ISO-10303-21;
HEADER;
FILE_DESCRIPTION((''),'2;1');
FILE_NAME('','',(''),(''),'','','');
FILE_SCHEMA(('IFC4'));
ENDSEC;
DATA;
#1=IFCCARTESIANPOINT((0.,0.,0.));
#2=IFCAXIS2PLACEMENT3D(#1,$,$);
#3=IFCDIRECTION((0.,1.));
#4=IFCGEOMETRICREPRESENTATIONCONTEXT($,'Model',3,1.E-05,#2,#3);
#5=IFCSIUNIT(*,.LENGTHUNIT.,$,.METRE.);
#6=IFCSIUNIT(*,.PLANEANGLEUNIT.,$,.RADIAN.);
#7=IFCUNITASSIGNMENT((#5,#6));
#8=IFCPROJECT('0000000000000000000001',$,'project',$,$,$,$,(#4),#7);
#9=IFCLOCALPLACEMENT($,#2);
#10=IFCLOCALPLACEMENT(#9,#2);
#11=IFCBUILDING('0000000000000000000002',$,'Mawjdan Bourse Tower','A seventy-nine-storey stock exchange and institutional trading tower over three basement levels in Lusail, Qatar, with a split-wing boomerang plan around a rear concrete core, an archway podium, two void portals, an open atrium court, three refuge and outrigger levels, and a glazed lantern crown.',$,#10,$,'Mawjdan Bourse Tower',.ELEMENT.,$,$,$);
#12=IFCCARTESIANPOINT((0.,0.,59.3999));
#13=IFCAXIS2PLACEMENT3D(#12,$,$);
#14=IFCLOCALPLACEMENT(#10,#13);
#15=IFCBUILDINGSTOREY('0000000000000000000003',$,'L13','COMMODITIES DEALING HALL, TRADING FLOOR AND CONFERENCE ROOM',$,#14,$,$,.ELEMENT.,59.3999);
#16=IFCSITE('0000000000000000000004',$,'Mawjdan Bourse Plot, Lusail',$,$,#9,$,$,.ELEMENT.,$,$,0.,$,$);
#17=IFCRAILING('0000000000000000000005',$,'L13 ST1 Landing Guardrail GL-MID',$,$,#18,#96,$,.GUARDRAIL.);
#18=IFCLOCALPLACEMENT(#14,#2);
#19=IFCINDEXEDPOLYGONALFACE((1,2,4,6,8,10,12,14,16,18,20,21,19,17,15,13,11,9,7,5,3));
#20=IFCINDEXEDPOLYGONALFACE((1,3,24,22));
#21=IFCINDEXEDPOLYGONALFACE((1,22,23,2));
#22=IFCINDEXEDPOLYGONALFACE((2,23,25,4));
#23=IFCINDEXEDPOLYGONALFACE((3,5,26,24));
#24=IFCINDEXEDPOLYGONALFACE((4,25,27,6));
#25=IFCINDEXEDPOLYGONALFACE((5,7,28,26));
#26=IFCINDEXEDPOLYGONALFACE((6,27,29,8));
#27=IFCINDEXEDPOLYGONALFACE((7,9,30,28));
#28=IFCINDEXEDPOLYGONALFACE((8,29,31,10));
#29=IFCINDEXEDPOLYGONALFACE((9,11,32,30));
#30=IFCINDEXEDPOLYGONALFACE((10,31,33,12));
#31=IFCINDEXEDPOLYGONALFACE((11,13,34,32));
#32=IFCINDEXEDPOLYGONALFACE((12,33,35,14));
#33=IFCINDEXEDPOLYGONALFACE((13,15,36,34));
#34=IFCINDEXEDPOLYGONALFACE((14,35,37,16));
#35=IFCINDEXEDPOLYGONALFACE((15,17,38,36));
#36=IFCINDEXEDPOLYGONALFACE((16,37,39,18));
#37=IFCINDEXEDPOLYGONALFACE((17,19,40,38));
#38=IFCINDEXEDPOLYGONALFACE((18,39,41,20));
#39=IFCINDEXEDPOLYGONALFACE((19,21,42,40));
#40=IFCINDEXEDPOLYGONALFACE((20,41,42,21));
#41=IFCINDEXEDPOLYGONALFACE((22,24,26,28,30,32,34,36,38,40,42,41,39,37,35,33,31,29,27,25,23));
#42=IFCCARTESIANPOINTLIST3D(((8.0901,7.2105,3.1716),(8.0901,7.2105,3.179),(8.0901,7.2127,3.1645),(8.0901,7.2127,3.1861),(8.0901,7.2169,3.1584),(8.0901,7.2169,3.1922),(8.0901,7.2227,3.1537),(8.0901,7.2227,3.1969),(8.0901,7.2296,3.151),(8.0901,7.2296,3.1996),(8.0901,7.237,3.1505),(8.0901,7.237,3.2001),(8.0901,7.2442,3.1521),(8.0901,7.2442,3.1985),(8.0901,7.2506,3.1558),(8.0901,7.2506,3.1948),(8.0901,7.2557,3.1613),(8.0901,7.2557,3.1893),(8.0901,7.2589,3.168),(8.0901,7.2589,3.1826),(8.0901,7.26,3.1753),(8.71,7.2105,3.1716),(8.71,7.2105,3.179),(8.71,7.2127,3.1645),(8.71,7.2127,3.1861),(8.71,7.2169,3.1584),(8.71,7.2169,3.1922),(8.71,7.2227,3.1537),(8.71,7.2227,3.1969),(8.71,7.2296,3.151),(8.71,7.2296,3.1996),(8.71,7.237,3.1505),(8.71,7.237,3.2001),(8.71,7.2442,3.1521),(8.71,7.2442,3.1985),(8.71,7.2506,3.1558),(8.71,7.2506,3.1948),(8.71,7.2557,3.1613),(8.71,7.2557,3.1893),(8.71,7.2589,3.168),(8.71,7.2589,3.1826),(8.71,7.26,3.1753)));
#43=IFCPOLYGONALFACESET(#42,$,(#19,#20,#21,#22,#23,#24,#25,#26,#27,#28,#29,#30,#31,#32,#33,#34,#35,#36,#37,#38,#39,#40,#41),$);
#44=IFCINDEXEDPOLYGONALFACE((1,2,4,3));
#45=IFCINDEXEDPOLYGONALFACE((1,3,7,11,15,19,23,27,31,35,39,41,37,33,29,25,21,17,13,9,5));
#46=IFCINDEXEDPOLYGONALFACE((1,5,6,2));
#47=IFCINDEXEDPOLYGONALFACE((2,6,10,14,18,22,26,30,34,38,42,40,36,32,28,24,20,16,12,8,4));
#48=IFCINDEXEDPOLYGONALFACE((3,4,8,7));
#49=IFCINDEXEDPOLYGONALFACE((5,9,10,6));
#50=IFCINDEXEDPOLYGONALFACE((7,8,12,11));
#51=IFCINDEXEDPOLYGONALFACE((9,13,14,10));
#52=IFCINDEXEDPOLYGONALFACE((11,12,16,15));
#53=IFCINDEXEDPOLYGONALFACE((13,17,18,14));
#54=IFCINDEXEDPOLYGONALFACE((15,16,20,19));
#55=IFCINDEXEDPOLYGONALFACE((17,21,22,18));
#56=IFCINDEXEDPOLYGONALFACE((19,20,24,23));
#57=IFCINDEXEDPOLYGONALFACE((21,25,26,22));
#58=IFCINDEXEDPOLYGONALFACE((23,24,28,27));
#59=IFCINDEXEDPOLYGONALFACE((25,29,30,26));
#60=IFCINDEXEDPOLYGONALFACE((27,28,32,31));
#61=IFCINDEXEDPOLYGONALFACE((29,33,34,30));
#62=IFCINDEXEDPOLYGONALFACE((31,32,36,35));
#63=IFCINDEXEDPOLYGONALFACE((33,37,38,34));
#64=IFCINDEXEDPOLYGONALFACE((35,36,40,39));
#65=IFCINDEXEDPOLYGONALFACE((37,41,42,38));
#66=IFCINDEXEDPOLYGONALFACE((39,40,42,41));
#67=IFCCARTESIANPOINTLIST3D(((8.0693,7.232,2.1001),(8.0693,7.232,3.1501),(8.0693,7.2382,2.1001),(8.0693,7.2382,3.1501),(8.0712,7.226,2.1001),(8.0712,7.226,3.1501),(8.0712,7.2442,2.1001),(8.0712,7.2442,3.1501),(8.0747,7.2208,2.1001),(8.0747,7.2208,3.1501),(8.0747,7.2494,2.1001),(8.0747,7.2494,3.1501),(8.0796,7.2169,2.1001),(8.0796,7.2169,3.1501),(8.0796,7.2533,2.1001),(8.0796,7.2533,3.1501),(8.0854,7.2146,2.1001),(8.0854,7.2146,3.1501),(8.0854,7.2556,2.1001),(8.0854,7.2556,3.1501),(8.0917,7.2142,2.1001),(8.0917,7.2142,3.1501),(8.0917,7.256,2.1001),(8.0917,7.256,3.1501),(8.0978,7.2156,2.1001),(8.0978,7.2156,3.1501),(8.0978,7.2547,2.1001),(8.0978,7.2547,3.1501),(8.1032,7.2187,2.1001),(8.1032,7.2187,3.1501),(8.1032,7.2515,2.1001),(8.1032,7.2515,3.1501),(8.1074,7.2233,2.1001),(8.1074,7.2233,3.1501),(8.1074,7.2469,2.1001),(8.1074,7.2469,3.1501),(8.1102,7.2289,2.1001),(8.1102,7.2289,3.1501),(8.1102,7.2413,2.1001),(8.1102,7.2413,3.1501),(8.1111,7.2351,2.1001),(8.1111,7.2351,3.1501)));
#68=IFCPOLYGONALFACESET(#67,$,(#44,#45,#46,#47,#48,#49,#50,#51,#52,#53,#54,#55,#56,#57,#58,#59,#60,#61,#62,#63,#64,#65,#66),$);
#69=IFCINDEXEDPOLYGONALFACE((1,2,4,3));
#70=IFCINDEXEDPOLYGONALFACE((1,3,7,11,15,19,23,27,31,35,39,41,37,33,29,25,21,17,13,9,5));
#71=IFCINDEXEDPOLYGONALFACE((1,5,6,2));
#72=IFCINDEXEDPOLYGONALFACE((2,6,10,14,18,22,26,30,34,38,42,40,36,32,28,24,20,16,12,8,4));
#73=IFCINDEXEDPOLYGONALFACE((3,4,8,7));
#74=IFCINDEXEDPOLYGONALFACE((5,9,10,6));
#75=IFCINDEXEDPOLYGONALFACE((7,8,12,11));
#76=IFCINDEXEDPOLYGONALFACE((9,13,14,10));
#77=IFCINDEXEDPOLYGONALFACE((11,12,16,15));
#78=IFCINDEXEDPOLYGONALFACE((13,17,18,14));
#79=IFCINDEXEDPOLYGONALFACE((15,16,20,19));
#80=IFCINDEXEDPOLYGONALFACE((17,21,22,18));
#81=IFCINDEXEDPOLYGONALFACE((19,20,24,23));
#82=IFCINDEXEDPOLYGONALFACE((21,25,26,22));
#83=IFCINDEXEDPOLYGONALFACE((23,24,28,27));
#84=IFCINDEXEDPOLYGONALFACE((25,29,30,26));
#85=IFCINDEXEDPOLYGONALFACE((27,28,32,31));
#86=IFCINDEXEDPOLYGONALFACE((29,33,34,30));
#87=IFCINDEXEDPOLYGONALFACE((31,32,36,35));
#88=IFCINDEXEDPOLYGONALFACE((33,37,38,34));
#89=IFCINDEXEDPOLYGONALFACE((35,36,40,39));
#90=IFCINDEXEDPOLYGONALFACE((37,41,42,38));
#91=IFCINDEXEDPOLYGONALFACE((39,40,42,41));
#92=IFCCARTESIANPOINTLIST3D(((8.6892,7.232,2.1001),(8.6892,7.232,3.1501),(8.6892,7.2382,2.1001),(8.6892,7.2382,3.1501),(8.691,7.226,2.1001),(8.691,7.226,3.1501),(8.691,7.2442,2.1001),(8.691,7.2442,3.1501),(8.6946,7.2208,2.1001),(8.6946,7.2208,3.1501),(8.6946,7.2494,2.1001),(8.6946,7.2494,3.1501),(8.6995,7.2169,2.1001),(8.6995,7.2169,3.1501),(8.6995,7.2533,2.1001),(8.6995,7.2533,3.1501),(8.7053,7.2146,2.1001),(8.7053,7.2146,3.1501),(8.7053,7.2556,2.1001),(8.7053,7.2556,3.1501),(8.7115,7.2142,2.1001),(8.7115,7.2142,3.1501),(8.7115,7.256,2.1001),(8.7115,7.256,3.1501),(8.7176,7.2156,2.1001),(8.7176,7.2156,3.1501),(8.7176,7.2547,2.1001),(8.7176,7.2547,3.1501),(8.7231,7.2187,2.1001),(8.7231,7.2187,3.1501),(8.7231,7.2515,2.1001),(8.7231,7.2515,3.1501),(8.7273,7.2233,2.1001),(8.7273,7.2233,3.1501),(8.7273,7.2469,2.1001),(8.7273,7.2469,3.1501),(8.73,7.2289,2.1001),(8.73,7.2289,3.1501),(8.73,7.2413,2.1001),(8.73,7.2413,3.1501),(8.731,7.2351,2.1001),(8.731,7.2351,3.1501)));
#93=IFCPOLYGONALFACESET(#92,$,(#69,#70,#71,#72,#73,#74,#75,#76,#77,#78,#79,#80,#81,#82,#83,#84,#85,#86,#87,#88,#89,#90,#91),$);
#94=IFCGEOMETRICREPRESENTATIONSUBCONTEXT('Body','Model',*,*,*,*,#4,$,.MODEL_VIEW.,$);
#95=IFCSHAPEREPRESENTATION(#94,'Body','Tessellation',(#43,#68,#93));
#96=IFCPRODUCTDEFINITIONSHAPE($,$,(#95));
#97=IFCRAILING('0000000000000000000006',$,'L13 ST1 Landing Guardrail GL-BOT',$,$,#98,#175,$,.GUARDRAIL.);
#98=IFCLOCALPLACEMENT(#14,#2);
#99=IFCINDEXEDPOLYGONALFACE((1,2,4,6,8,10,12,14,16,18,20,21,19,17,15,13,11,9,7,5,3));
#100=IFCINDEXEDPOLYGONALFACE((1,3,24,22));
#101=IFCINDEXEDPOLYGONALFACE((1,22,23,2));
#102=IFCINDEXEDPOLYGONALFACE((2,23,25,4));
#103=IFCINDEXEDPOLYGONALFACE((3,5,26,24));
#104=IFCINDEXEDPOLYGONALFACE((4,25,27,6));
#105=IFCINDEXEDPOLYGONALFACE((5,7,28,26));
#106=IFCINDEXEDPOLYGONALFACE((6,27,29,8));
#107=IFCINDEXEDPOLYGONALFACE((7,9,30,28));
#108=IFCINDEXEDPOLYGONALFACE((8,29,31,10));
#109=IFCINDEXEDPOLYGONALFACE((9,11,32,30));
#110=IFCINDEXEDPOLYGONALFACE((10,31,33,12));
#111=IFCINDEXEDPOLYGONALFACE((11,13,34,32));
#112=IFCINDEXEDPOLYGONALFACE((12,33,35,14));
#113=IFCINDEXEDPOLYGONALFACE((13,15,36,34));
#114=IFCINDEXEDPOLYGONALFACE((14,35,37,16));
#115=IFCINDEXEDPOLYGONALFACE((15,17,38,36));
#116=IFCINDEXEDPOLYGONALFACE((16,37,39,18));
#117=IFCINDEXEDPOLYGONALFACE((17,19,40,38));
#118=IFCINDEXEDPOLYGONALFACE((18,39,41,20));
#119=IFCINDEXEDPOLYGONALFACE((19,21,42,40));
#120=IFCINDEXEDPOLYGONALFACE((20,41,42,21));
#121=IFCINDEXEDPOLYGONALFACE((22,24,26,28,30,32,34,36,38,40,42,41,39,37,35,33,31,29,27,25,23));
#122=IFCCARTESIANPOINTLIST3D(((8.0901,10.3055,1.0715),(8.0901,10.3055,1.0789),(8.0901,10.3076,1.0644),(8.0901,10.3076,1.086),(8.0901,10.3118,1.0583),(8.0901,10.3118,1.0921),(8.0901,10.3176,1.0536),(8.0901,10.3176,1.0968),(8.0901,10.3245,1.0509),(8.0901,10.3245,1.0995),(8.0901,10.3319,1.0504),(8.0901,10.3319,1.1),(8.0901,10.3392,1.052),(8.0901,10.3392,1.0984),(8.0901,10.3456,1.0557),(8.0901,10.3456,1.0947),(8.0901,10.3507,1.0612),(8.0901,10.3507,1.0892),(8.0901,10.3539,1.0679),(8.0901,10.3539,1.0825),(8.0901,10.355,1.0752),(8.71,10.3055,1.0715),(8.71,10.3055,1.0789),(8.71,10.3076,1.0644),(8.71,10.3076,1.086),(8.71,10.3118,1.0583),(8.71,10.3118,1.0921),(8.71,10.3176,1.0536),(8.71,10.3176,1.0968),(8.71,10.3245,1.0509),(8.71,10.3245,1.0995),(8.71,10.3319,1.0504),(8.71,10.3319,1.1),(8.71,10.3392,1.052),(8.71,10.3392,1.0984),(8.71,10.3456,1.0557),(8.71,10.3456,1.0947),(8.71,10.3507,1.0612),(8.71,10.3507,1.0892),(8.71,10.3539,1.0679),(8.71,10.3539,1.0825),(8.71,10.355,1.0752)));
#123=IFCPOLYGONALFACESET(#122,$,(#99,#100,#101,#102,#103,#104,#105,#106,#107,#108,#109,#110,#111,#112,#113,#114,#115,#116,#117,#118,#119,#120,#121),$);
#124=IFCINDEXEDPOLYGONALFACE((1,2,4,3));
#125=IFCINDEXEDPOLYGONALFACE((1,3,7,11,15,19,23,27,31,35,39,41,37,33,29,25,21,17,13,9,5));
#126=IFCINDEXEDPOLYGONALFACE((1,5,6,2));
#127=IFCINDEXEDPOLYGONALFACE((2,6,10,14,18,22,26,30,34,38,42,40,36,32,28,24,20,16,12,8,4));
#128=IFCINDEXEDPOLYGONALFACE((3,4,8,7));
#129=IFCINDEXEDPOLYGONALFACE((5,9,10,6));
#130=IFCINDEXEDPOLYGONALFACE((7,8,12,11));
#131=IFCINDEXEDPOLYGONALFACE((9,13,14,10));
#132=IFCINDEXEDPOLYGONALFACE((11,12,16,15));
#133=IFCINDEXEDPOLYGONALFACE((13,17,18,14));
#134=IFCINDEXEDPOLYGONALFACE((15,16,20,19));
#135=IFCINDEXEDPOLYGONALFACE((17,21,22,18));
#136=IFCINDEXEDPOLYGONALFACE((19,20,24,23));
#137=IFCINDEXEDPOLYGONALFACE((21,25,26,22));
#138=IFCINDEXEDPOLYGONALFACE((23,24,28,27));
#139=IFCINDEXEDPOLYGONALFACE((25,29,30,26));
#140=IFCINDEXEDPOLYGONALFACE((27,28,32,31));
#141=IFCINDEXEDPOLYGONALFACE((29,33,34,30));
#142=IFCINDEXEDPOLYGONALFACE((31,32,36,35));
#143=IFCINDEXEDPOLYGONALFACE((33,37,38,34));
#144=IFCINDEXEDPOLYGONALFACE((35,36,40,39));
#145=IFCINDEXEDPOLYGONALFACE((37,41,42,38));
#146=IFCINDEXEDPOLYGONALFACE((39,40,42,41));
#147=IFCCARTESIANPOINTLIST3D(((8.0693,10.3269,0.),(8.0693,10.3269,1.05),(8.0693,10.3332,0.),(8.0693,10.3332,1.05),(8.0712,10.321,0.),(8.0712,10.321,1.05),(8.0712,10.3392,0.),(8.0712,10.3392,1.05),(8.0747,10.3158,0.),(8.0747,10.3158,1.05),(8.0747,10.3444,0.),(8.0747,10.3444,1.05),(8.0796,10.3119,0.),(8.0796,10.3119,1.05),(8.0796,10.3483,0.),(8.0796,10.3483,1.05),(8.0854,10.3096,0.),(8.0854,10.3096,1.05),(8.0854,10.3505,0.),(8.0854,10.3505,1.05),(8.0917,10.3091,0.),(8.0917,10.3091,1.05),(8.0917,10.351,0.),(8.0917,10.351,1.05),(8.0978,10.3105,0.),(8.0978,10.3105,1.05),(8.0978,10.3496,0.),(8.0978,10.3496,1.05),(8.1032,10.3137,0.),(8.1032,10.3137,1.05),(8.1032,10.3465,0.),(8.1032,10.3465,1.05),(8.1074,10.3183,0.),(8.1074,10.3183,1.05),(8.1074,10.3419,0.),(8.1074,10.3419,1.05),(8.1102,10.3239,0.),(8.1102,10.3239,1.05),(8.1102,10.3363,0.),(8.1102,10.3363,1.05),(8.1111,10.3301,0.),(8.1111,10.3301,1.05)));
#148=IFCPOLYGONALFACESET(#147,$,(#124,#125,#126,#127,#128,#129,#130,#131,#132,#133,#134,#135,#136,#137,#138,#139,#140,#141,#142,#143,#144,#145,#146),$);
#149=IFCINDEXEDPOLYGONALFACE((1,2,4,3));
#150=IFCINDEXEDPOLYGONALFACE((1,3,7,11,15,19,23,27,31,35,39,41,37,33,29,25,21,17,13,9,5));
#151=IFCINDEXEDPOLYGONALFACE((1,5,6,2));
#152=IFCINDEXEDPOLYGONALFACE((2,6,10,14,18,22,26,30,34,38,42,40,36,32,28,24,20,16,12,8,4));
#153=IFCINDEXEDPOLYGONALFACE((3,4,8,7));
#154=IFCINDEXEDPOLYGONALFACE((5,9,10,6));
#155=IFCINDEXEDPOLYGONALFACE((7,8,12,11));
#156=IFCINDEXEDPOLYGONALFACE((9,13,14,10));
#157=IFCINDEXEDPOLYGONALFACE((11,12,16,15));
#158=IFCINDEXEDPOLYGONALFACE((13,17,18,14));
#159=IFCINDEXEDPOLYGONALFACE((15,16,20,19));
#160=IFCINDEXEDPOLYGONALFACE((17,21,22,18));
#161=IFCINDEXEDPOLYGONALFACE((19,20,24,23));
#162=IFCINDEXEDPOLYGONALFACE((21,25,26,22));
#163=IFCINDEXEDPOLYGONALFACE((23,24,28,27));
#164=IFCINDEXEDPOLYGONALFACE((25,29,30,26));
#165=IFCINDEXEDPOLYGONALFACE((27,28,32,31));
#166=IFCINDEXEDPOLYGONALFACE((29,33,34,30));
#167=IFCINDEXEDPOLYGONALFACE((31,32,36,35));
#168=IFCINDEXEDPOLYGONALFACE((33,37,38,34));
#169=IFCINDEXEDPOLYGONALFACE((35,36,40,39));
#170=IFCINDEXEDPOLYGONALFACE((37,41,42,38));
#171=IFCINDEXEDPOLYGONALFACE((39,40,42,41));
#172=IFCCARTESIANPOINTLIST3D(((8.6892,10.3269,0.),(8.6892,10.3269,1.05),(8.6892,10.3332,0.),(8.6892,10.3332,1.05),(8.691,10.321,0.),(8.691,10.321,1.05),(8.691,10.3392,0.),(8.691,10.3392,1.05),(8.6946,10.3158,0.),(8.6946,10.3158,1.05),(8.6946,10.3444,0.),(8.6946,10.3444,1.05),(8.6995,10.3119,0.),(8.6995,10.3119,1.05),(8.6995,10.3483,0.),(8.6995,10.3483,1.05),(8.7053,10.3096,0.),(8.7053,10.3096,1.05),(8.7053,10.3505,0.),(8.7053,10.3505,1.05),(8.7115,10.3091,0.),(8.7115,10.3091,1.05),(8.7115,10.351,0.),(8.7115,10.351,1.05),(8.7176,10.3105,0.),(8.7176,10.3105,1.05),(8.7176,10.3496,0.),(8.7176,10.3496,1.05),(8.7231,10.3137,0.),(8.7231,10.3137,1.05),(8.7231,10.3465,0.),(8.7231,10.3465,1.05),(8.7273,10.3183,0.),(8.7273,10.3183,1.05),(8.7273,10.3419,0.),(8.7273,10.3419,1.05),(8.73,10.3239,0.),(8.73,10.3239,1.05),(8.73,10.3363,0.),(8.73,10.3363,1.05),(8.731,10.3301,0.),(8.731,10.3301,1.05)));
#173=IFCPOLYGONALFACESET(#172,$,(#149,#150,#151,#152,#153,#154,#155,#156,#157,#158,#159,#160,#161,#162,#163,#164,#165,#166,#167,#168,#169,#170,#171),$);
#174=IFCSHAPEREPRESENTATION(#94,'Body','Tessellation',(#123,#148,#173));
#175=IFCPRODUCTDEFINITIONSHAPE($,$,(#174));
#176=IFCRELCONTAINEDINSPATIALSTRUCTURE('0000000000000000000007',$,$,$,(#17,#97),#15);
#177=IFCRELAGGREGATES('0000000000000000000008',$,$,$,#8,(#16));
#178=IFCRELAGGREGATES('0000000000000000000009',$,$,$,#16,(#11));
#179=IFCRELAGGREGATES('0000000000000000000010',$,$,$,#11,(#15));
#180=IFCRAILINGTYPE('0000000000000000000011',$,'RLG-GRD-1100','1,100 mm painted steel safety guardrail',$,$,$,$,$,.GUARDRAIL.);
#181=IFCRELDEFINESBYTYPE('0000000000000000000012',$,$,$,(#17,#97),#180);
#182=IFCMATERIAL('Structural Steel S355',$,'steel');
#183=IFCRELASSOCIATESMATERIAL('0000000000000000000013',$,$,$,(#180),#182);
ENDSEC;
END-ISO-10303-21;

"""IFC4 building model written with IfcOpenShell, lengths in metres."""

from ifc_helpers import new_model, si_unit, direction, frame, origin, origin_2d, place, context, subcontext, project, spatial, circle, extrude, material, type_object, element, save


model = new_model("IFC4")

# Units and contexts
model_context = context("Model", 3, precision=1e-05, world=origin(), true_north=direction((0.0, 1.0)))
body_context = subcontext(model_context, "Body", "Model", "MODEL_VIEW")
ifc_project = project(units=[si_unit("LENGTHUNIT", "METRE"), si_unit("PLANEANGLEUNIT", "RADIAN")], contexts=[model_context])

# Site, building, storey
site_placement = place(None, origin())
site = spatial("IfcSite", under=ifc_project, at=site_placement, Name="Mawjdan Bourse Plot, Lusail", CompositionType="ELEMENT", RefElevation=0.0)
building_placement = place(site_placement, origin())
building = spatial("IfcBuilding", under=site, at=building_placement, Name="Mawjdan Bourse Tower", Description="A seventy-nine-storey stock exchange and institutional trading tower over three basement levels in Lusail, Qatar, with a split-wing boomerang plan around a rear concrete core, an archway podium, two void portals, an open atrium court, three refuge and outrigger levels, and a glazed lantern crown.", LongName="Mawjdan Bourse Tower", CompositionType="ELEMENT")
storey_placement = place(building_placement, frame((0.0, 0.0, 59.3999)))
storey = spatial("IfcBuildingStorey", under=building, at=storey_placement, Name="L13", Description="COMMODITIES DEALING HALL, TRADING FLOOR AND CONFERENCE ROOM", CompositionType="ELEMENT", Elevation=59.3999)

# Railings
ifc_material_1 = material(Name="Structural Steel S355", Category="steel")
railing_type_1 = type_object("IfcRailingType", Name="RLG-GRD-1100", Description="1,100 mm painted steel safety guardrail", PredefinedType="GUARDRAIL", material=ifc_material_1)
for number, where, name in (
    (1, (8.0901, 7.2351, 2.1001), "L13 ST1 Landing Guardrail GL-MID"),
    (2, (8.0901, 10.3301, 0.0), "L13 ST1 Landing Guardrail GL-BOT"),
):
    element("IfcRailing", number, at=place(storey_placement, frame(where)), inside=storey, type_object=railing_type_1, Name=name, PredefinedType="GUARDRAIL", context=body_context, shape_type="SweptSolid", body=[
        extrude(circle(Radius=0.0249, at=origin_2d()), frame((0.0, 0.0, 1.0752), z_axis=(1.0, 0.0, 0.0), x_axis=(0.0, 1.0, 0.0)), (0.0, 0.0, 1.0), 0.6199),
        extrude(circle(Radius=0.021, at=origin_2d()), origin(), (0.0, 0.0, 1.0), 1.05),
        extrude(circle(Radius=0.021, at=origin_2d()), frame((0.6199, 0.0, 0.0)), (0.0, 0.0, 1.0), 1.05),
    ])

save(model, "model.ifc")
